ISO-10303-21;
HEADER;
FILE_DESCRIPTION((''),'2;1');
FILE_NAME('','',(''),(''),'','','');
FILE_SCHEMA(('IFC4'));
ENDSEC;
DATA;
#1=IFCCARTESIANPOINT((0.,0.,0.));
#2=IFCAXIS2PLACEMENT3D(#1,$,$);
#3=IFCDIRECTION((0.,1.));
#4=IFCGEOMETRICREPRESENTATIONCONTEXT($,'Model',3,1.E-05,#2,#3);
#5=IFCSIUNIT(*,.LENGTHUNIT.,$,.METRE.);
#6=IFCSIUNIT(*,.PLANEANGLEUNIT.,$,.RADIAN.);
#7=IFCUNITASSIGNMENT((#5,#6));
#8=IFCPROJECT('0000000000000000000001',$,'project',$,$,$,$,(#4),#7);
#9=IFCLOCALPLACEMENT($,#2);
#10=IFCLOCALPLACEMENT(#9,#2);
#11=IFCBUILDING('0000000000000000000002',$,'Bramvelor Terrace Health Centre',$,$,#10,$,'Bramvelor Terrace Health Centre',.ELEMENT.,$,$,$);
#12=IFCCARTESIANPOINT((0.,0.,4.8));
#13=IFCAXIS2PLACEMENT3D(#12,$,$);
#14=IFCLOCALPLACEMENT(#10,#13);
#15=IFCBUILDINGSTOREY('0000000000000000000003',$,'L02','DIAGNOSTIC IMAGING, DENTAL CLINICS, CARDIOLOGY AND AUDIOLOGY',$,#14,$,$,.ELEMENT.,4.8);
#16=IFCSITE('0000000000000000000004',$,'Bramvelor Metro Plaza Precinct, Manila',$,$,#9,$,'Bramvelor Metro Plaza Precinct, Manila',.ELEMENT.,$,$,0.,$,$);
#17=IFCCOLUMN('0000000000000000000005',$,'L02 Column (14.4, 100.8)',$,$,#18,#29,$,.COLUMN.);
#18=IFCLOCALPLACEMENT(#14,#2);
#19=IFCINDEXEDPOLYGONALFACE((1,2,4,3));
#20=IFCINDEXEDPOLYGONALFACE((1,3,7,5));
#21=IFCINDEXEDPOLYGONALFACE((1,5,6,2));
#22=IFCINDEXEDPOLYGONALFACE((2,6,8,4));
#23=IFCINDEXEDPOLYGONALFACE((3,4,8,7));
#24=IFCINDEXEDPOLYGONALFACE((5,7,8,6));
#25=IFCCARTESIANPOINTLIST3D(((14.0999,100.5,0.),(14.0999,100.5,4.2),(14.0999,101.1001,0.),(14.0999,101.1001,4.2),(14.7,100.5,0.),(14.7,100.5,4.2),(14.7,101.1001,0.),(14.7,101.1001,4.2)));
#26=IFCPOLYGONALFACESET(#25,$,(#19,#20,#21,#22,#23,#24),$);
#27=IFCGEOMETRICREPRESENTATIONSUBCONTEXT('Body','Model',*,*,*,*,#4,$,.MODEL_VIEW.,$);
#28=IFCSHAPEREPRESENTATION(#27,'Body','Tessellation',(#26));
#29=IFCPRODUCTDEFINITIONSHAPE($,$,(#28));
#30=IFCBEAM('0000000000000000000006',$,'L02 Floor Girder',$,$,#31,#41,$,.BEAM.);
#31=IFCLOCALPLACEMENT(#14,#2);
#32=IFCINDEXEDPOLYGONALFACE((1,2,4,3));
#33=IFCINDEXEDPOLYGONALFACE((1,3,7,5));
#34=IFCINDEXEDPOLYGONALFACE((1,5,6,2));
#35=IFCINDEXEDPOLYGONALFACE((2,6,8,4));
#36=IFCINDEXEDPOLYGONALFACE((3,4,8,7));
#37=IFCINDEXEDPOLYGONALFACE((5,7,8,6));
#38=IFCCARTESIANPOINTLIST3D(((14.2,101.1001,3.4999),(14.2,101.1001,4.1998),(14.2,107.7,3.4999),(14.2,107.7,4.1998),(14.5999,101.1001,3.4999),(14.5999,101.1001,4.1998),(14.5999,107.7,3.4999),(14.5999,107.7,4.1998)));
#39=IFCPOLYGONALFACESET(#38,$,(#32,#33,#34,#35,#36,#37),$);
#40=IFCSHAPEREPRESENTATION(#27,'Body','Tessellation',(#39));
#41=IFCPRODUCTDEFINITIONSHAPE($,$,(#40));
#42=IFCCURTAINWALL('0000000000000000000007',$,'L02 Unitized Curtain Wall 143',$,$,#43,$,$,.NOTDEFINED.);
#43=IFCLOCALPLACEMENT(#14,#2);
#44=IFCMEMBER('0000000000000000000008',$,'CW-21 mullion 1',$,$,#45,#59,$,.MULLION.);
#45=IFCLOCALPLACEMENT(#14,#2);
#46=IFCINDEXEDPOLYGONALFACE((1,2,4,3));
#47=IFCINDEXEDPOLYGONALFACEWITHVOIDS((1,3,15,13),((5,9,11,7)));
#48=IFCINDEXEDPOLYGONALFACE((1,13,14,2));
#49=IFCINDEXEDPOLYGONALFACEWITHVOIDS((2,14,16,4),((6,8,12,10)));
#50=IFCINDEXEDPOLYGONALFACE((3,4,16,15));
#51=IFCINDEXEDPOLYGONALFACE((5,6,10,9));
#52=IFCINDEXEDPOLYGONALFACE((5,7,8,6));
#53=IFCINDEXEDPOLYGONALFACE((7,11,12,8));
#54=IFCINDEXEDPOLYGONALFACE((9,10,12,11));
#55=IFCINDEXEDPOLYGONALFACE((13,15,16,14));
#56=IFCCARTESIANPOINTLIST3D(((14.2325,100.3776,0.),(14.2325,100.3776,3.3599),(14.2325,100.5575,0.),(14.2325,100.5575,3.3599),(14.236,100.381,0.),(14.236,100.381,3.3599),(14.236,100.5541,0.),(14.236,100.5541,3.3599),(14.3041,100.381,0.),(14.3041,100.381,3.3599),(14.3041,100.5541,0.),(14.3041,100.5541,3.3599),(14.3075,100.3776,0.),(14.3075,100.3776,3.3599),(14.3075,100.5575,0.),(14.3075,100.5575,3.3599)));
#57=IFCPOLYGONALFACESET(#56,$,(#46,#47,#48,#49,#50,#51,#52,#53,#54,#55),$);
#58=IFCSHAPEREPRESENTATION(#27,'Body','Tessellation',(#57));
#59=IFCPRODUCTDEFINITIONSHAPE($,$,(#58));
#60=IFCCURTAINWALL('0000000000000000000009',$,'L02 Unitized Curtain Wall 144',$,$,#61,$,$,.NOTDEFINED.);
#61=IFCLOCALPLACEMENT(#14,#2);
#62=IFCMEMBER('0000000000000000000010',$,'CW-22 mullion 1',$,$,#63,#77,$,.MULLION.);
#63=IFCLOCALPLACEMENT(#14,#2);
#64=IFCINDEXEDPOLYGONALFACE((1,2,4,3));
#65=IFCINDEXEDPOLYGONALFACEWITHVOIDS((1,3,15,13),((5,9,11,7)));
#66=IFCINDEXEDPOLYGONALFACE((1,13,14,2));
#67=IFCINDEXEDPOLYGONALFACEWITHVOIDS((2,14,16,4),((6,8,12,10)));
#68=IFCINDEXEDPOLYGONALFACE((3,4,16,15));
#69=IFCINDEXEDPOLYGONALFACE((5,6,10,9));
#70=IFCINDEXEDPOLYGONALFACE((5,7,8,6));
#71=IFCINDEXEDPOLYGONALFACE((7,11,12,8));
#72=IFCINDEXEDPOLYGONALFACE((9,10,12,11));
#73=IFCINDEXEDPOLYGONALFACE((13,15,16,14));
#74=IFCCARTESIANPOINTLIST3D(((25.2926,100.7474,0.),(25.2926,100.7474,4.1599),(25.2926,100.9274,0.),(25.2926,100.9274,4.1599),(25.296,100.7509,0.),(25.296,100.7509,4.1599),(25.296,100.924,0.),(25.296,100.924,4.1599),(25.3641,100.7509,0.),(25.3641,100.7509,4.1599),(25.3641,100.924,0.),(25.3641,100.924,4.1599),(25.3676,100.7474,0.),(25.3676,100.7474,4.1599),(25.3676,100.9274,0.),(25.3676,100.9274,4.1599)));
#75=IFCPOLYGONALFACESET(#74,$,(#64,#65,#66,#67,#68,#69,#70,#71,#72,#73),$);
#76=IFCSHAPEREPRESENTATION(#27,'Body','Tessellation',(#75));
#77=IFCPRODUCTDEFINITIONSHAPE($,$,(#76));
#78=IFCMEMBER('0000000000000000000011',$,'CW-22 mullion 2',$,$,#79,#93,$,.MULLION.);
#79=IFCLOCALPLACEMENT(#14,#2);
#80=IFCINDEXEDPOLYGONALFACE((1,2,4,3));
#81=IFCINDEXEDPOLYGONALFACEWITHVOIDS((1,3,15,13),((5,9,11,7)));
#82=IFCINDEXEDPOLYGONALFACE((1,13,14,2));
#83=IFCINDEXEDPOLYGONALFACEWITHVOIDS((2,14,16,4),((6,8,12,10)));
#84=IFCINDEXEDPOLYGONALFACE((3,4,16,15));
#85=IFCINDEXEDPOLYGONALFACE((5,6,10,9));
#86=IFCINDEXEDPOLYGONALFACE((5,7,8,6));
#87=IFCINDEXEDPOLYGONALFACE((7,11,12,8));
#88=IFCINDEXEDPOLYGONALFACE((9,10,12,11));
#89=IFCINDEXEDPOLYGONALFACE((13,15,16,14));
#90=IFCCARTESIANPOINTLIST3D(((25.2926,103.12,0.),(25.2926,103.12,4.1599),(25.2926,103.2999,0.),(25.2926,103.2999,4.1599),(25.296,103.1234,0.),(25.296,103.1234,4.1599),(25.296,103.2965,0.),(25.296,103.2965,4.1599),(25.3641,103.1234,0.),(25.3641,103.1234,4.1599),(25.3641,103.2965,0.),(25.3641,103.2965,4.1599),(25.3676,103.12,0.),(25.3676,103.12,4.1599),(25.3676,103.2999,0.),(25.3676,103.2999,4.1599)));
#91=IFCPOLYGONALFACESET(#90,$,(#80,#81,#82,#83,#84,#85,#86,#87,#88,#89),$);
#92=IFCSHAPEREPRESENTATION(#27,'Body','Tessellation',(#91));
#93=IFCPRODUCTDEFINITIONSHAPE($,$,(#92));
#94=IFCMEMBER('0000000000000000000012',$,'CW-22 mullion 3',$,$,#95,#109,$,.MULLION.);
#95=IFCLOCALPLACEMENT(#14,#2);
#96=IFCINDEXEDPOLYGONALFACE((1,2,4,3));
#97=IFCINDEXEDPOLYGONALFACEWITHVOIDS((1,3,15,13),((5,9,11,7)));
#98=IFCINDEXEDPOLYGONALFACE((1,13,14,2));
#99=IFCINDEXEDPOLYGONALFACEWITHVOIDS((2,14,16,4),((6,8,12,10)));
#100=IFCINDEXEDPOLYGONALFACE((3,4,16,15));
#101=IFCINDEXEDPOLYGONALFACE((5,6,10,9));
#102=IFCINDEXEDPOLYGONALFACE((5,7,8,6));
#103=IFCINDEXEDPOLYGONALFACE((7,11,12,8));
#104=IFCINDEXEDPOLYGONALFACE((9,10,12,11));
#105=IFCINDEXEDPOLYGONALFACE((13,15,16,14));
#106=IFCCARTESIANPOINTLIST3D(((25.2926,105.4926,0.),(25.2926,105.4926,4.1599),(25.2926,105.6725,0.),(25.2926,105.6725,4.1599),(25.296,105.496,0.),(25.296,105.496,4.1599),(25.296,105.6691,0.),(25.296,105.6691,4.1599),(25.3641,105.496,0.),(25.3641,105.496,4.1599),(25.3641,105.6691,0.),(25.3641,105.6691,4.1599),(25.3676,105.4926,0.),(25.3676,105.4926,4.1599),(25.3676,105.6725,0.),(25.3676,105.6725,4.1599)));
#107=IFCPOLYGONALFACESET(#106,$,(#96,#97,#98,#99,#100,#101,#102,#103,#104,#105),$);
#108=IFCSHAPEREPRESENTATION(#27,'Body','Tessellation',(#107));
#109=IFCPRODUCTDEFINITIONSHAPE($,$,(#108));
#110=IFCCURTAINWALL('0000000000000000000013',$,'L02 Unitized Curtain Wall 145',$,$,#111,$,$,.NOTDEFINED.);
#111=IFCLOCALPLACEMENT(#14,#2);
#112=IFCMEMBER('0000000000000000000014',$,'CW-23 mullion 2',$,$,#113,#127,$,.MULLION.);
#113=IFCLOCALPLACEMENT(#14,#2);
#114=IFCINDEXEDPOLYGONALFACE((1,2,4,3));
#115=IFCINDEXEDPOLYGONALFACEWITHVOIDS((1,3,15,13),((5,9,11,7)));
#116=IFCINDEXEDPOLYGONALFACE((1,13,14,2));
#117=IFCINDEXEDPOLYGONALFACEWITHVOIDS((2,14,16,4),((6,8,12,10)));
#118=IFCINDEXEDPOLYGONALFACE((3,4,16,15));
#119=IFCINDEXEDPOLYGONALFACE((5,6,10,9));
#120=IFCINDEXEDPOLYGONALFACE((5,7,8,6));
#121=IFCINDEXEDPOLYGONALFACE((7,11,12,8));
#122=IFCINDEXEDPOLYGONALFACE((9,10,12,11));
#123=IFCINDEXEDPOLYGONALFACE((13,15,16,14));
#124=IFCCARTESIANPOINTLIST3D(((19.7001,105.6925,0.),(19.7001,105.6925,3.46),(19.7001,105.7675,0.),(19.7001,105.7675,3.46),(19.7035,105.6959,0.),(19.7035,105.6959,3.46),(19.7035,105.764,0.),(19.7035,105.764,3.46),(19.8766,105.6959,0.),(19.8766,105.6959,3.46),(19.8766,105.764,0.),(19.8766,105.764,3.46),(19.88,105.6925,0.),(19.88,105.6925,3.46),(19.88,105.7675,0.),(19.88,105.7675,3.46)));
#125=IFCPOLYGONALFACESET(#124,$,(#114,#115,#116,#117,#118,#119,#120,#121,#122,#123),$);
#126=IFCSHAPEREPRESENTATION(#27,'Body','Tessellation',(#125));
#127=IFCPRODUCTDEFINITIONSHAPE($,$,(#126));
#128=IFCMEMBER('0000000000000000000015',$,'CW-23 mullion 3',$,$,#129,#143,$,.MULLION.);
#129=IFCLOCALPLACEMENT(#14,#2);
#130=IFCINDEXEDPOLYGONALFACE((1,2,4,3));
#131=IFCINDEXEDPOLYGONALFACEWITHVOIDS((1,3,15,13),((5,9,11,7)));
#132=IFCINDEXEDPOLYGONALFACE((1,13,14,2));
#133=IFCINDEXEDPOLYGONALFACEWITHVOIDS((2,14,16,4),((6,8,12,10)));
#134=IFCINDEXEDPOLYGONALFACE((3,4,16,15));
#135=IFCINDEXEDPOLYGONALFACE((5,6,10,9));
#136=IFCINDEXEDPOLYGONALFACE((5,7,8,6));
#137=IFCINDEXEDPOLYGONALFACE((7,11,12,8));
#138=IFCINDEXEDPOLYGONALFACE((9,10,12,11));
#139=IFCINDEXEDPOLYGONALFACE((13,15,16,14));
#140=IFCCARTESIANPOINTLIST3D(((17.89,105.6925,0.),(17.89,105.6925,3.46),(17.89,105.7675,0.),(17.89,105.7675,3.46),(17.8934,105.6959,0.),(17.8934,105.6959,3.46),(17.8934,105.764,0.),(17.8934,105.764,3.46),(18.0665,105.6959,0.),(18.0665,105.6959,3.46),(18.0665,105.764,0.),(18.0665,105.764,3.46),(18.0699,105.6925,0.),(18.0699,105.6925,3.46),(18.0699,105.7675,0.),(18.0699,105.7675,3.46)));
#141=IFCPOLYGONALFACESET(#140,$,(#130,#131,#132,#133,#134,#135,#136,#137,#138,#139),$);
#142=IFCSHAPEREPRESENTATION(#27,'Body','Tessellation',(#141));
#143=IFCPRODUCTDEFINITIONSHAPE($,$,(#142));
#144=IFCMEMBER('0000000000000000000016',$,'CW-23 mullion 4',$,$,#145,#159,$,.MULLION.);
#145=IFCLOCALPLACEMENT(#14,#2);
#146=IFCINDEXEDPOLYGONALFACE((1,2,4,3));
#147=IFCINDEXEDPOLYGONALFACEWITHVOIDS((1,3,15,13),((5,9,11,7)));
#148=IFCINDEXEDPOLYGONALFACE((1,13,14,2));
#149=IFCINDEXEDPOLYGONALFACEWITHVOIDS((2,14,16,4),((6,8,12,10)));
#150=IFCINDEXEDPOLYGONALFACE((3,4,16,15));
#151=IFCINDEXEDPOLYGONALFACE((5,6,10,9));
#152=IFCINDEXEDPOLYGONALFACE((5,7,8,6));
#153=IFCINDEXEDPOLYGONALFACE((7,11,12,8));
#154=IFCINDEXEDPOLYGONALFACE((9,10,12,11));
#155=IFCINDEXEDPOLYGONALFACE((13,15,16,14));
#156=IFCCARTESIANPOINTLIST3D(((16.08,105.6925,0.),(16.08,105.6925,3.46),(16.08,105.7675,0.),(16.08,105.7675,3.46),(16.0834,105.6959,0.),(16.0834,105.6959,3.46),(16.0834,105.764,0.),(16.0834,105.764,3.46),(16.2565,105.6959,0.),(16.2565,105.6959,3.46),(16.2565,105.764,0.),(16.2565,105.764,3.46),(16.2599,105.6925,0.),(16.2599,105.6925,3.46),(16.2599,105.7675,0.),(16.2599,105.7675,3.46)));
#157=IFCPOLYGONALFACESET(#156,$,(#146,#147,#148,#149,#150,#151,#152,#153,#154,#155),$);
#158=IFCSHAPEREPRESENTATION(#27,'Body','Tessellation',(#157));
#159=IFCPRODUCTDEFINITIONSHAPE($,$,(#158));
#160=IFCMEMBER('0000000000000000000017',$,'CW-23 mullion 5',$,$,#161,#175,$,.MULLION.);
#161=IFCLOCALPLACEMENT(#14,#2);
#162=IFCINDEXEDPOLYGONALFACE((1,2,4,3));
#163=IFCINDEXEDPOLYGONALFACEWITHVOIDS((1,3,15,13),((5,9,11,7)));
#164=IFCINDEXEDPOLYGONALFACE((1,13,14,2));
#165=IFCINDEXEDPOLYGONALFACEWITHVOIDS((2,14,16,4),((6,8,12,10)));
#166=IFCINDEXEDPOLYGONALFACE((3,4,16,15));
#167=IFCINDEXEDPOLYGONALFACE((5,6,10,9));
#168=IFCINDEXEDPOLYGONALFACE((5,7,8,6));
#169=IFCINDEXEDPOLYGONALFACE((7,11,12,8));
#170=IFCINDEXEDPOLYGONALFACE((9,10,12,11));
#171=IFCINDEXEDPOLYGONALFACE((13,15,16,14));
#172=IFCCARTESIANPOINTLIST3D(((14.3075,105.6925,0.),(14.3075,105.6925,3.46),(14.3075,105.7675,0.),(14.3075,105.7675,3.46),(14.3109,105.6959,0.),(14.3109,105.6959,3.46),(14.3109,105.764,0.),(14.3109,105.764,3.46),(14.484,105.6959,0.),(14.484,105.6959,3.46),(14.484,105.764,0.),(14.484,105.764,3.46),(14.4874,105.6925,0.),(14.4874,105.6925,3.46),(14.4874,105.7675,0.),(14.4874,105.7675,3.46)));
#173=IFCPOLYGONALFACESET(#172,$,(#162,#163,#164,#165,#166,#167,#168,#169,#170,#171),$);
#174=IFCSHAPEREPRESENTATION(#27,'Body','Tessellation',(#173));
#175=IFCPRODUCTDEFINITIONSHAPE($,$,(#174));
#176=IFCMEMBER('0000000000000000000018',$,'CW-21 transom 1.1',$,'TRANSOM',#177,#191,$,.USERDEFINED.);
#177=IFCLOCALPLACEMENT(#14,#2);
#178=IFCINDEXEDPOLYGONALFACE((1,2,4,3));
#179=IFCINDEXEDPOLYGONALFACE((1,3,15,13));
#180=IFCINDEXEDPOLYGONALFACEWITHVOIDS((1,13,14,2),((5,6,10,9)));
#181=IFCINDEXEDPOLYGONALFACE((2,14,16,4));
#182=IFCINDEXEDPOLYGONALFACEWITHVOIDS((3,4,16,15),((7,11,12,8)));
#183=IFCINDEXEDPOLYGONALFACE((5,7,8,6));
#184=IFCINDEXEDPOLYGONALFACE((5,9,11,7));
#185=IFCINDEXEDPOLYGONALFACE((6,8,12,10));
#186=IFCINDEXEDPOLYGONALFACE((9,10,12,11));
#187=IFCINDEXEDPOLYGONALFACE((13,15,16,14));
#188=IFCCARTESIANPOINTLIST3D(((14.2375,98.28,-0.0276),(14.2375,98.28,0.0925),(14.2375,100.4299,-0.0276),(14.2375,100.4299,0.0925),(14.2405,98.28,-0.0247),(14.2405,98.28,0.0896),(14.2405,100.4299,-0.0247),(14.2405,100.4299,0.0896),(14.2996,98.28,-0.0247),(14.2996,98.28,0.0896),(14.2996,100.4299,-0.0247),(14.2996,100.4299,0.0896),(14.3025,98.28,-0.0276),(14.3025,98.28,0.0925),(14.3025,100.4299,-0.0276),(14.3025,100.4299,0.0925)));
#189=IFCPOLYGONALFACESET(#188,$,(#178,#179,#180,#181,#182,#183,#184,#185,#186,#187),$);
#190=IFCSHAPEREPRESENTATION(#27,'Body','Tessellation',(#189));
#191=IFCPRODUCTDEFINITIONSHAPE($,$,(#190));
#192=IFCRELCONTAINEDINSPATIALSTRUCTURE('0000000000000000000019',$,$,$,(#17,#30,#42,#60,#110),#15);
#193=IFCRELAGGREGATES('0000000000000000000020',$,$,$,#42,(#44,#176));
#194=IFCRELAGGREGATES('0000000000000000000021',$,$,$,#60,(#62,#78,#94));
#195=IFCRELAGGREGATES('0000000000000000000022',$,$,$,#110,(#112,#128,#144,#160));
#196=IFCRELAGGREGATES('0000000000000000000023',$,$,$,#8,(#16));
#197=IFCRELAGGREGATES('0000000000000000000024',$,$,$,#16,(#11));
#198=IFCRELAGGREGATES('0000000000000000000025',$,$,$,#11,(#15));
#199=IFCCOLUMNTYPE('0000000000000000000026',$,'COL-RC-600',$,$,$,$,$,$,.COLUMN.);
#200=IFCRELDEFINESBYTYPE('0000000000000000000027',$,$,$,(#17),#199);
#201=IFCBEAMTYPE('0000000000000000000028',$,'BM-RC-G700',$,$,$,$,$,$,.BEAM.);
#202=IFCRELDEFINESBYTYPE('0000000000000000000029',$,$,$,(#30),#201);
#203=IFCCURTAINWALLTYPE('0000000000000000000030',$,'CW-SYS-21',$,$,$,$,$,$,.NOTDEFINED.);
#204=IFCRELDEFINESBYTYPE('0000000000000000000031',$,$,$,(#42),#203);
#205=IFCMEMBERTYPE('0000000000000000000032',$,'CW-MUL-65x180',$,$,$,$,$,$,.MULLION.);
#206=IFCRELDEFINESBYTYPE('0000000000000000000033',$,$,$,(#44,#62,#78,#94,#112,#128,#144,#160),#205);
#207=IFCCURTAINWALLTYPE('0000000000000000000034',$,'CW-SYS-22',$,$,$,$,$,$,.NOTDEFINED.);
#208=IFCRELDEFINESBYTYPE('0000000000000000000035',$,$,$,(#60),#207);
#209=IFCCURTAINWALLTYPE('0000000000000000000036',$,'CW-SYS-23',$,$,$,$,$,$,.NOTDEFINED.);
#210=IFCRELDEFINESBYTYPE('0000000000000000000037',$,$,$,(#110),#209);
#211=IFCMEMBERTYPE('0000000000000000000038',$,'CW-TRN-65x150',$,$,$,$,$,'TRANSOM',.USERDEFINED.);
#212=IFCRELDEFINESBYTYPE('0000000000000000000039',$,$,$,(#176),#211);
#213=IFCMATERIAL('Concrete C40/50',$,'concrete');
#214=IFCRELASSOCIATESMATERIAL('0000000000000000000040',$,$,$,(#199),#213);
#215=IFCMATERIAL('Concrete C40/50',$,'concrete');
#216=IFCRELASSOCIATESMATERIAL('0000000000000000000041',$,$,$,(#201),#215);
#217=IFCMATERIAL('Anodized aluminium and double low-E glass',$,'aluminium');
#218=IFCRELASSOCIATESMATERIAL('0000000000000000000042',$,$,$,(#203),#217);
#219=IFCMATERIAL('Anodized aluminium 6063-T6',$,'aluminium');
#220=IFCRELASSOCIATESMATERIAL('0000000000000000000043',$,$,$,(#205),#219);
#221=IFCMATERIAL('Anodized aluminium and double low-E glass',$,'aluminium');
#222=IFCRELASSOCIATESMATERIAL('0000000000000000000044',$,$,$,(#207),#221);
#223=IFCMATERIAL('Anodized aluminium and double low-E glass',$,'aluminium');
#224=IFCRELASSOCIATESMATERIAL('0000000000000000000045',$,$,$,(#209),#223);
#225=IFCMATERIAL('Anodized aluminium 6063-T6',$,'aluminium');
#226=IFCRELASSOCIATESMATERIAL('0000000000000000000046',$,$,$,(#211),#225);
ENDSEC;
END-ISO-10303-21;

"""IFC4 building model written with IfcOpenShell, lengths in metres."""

from ifc_helpers import new_model, si_unit, direction, frame, origin, origin_2d, place, context, subcontext, project, spatial, rectangle, hollow_rectangle, extrude, material, material_profile, profile_set, type_object, element, aggregate, save


model = new_model("IFC4")

# Units and contexts
model_context = context("Model", 3, precision=1e-05, world=origin(), true_north=direction((0.0, 1.0)))
body_context = subcontext(model_context, "Body", "Model", "MODEL_VIEW")
ifc_project = project(units=[si_unit("LENGTHUNIT", "METRE"), si_unit("PLANEANGLEUNIT", "RADIAN")], contexts=[model_context])

# Site, building, storey
site_placement = place(None, origin())
site = spatial("IfcSite", under=ifc_project, at=site_placement, Name="Bramvelor Metro Plaza Precinct, Manila", LongName="Bramvelor Metro Plaza Precinct, Manila", CompositionType="ELEMENT", RefElevation=0.0)
building_placement = place(site_placement, origin())
building = spatial("IfcBuilding", under=site, at=building_placement, Name="Bramvelor Terrace Health Centre", LongName="Bramvelor Terrace Health Centre", CompositionType="ELEMENT")
storey_placement = place(building_placement, frame((0.0, 0.0, 4.8)))
storey = spatial("IfcBuildingStorey", under=building, at=storey_placement, Name="L02", Description="DIAGNOSTIC IMAGING, DENTAL CLINICS, CARDIOLOGY AND AUDIOLOGY", CompositionType="ELEMENT", Elevation=4.8)

# Column
ifc_material_1 = material(Name="Concrete C40/50", Category="concrete")
ifc_material_profile_1 = material_profile(ifc_material_1, rectangle(XDim=0.6001, YDim=0.6001, at=origin_2d()), Name="RC 600x600")
ifc_profile_set_1 = profile_set([ifc_material_profile_1], Name="Concrete C40/50")
column_type = type_object("IfcColumnType", Name="COL-RC-600", PredefinedType="COLUMN", material=ifc_profile_set_1)
column_placement = place(storey_placement, frame((14.3999, 100.8, 0.0), z_axis=(0.0, 0.0, 1.0), x_axis=(1.0, 0.0, 0.0)))
element("IfcColumn", 1, at=column_placement, inside=storey, type_object=column_type, Name="L02 Column (14.4, 100.8)", PredefinedType="COLUMN", context=body_context, shape_type="SweptSolid", body=[
    extrude(rectangle(XDim=0.6001, YDim=0.6001, at=origin_2d()), origin(), (0.0, 0.0, 1.0), 4.2),
])

# Beam
ifc_material_2 = material(Name="Concrete C40/50", Category="concrete")
ifc_material_profile_2 = material_profile(ifc_material_2, rectangle(XDim=0.3999, YDim=0.7, at=origin_2d()), Name="RC 400x700")
ifc_profile_set_2 = profile_set([ifc_material_profile_2], Name="Concrete C40/50")
beam_type = type_object("IfcBeamType", Name="BM-RC-G700", PredefinedType="BEAM", material=ifc_profile_set_2)
beam_placement = place(storey_placement, frame((14.3999, 101.1001, 3.8499), z_axis=(0.0, 1.0, 0.0), x_axis=(-1.0, 0.0, 0.0)))
element("IfcBeam", 2, at=beam_placement, inside=storey, type_object=beam_type, Name="L02 Floor Girder", PredefinedType="BEAM", context=body_context, shape_type="SweptSolid", body=[
    extrude(rectangle(XDim=0.3999, YDim=0.7, at=origin_2d()), origin(), (0.0, 0.0, 1.0), 6.5999),
])

# Curtain wall, member
ifc_material_3 = material(Name="Anodized aluminium and double low-E glass", Category="aluminium")
curtain_wall_type_1 = type_object("IfcCurtainWallType", Name="CW-SYS-21", PredefinedType="NOTDEFINED", material=ifc_material_3)
curtain_wall_1_placement = place(storey_placement, origin())
curtain_wall_1 = element("IfcCurtainWall", 3, at=curtain_wall_1_placement, inside=storey, type_object=curtain_wall_type_1, Name="L02 Unitized Curtain Wall 143", PredefinedType="NOTDEFINED")
ifc_material_4 = material(Name="Anodized aluminium 6063-T6", Category="aluminium")
ifc_material_profile_3 = material_profile(ifc_material_4, hollow_rectangle(XDim=0.075, YDim=0.1799, WallThickness=0.0034, at=origin_2d()), Name="ALU-MUL 75x180x3.5")
ifc_profile_set_3 = profile_set([ifc_material_profile_3], Name="Anodized aluminium 6063-T6")
member_type_1 = type_object("IfcMemberType", Name="CW-MUL-65x180", PredefinedType="MULLION", material=ifc_profile_set_3)
member_1_placement = place(storey_placement, frame((14.27, 100.4675, 0.0), z_axis=(0.0, 0.0, 1.0), x_axis=(1.0, 0.0, 0.0)))
member_1 = element("IfcMember", 4, at=member_1_placement, type_object=member_type_1, Name="CW-21 mullion 1", PredefinedType="MULLION", context=body_context, shape_type="SweptSolid", body=[
    extrude(hollow_rectangle(XDim=0.075, YDim=0.1799, WallThickness=0.0034, at=origin_2d()), origin(), (0.0, 0.0, 1.0), 3.3599),
])

# Curtain walls, members
ifc_material_5 = material(Name="Anodized aluminium and double low-E glass", Category="aluminium")
curtain_wall_type_2 = type_object("IfcCurtainWallType", Name="CW-SYS-22", PredefinedType="NOTDEFINED", material=ifc_material_5)
curtain_wall_2_placement = place(storey_placement, origin())
curtain_wall_2 = element("IfcCurtainWall", 5, at=curtain_wall_2_placement, inside=storey, type_object=curtain_wall_type_2, Name="L02 Unitized Curtain Wall 144", PredefinedType="NOTDEFINED")
member_2_placement = place(storey_placement, frame((25.3301, 100.8374, 0.0), z_axis=(0.0, 0.0, 1.0), x_axis=(-1.0, 0.0, 0.0)))
member_2 = element("IfcMember", 6, at=member_2_placement, type_object=member_type_1, Name="CW-22 mullion 1", PredefinedType="MULLION", context=body_context, shape_type="SweptSolid", body=[
    extrude(hollow_rectangle(XDim=0.075, YDim=0.1799, WallThickness=0.0034, at=origin_2d()), origin(), (0.0, 0.0, 1.0), 4.1599),
])
member_3_placement = place(storey_placement, frame((25.3301, 103.21, 0.0), z_axis=(0.0, 0.0, 1.0), x_axis=(-1.0, 0.0, 0.0)))
member_3 = element("IfcMember", 7, at=member_3_placement, type_object=member_type_1, Name="CW-22 mullion 2", PredefinedType="MULLION", context=body_context, shape_type="SweptSolid", body=[
    extrude(hollow_rectangle(XDim=0.075, YDim=0.1799, WallThickness=0.0034, at=origin_2d()), origin(), (0.0, 0.0, 1.0), 4.1599),
])
member_4_placement = place(storey_placement, frame((25.3301, 105.5825, 0.0), z_axis=(0.0, 0.0, 1.0), x_axis=(-1.0, 0.0, 0.0)))
member_4 = element("IfcMember", 8, at=member_4_placement, type_object=member_type_1, Name="CW-22 mullion 3", PredefinedType="MULLION", context=body_context, shape_type="SweptSolid", body=[
    extrude(hollow_rectangle(XDim=0.075, YDim=0.1799, WallThickness=0.0034, at=origin_2d()), origin(), (0.0, 0.0, 1.0), 4.1599),
])
ifc_material_6 = material(Name="Anodized aluminium and double low-E glass", Category="aluminium")
curtain_wall_type_3 = type_object("IfcCurtainWallType", Name="CW-SYS-23", PredefinedType="NOTDEFINED", material=ifc_material_6)
curtain_wall_3_placement = place(storey_placement, origin())
curtain_wall_3 = element("IfcCurtainWall", 9, at=curtain_wall_3_placement, inside=storey, type_object=curtain_wall_type_3, Name="L02 Unitized Curtain Wall 145", PredefinedType="NOTDEFINED")
member_5_placement = place(storey_placement, frame((19.79, 105.73, 0.0), z_axis=(0.0, 0.0, 1.0), x_axis=(0.0, -1.0, 0.0)))
member_5 = element("IfcMember", 10, at=member_5_placement, type_object=member_type_1, Name="CW-23 mullion 2", PredefinedType="MULLION", context=body_context, shape_type="SweptSolid", body=[
    extrude(hollow_rectangle(XDim=0.075, YDim=0.1799, WallThickness=0.0034, at=origin_2d()), origin(), (0.0, 0.0, 1.0), 3.46),
])
member_6_placement = place(storey_placement, frame((17.98, 105.73, 0.0), z_axis=(0.0, 0.0, 1.0), x_axis=(0.0, -1.0, 0.0)))
member_6 = element("IfcMember", 11, at=member_6_placement, type_object=member_type_1, Name="CW-23 mullion 3", PredefinedType="MULLION", context=body_context, shape_type="SweptSolid", body=[
    extrude(hollow_rectangle(XDim=0.075, YDim=0.1799, WallThickness=0.0034, at=origin_2d()), origin(), (0.0, 0.0, 1.0), 3.46),
])
member_7_placement = place(storey_placement, frame((16.1699, 105.73, 0.0), z_axis=(0.0, 0.0, 1.0), x_axis=(0.0, -1.0, 0.0)))
member_7 = element("IfcMember", 12, at=member_7_placement, type_object=member_type_1, Name="CW-23 mullion 4", PredefinedType="MULLION", context=body_context, shape_type="SweptSolid", body=[
    extrude(hollow_rectangle(XDim=0.075, YDim=0.1799, WallThickness=0.0034, at=origin_2d()), origin(), (0.0, 0.0, 1.0), 3.46),
])
member_8_placement = place(storey_placement, frame((14.3975, 105.73, 0.0), z_axis=(0.0, 0.0, 1.0), x_axis=(0.0, -1.0, 0.0)))
member_8 = element("IfcMember", 13, at=member_8_placement, type_object=member_type_1, Name="CW-23 mullion 5", PredefinedType="MULLION", context=body_context, shape_type="SweptSolid", body=[
    extrude(hollow_rectangle(XDim=0.075, YDim=0.1799, WallThickness=0.0034, at=origin_2d()), origin(), (0.0, 0.0, 1.0), 3.46),
])

# Member
ifc_material_7 = material(Name="Anodized aluminium 6063-T6", Category="aluminium")
ifc_material_profile_4 = material_profile(ifc_material_7, hollow_rectangle(XDim=0.0649, YDim=0.1201, WallThickness=0.0029, at=origin_2d()), Name="ALU-TRN 65x120x3.0")
ifc_profile_set_4 = profile_set([ifc_material_profile_4], Name="Anodized aluminium 6063-T6")
member_type_2 = type_object("IfcMemberType", Name="CW-TRN-65x150", ElementType="TRANSOM", PredefinedType="USERDEFINED", material=ifc_profile_set_4)
member_9_placement = place(storey_placement, frame((14.27, 100.4299, 0.0325), z_axis=(0.0, -1.0, 0.0), x_axis=(1.0, 0.0, 0.0)))
member_9 = element("IfcMember", 14, at=member_9_placement, type_object=member_type_2, Name="CW-21 transom 1.1", ObjectType="TRANSOM", PredefinedType="USERDEFINED", context=body_context, shape_type="SweptSolid", body=[
    extrude(hollow_rectangle(XDim=0.0649, YDim=0.1201, WallThickness=0.0029, at=origin_2d()), origin(), (0.0, 0.0, 1.0), 2.1499),
])
aggregate(curtain_wall_1, [member_1, member_9])

aggregate(curtain_wall_2, [member_2, member_3, member_4])
aggregate(curtain_wall_3, [member_5, member_6, member_7, member_8])

save(model, "model.ifc")
